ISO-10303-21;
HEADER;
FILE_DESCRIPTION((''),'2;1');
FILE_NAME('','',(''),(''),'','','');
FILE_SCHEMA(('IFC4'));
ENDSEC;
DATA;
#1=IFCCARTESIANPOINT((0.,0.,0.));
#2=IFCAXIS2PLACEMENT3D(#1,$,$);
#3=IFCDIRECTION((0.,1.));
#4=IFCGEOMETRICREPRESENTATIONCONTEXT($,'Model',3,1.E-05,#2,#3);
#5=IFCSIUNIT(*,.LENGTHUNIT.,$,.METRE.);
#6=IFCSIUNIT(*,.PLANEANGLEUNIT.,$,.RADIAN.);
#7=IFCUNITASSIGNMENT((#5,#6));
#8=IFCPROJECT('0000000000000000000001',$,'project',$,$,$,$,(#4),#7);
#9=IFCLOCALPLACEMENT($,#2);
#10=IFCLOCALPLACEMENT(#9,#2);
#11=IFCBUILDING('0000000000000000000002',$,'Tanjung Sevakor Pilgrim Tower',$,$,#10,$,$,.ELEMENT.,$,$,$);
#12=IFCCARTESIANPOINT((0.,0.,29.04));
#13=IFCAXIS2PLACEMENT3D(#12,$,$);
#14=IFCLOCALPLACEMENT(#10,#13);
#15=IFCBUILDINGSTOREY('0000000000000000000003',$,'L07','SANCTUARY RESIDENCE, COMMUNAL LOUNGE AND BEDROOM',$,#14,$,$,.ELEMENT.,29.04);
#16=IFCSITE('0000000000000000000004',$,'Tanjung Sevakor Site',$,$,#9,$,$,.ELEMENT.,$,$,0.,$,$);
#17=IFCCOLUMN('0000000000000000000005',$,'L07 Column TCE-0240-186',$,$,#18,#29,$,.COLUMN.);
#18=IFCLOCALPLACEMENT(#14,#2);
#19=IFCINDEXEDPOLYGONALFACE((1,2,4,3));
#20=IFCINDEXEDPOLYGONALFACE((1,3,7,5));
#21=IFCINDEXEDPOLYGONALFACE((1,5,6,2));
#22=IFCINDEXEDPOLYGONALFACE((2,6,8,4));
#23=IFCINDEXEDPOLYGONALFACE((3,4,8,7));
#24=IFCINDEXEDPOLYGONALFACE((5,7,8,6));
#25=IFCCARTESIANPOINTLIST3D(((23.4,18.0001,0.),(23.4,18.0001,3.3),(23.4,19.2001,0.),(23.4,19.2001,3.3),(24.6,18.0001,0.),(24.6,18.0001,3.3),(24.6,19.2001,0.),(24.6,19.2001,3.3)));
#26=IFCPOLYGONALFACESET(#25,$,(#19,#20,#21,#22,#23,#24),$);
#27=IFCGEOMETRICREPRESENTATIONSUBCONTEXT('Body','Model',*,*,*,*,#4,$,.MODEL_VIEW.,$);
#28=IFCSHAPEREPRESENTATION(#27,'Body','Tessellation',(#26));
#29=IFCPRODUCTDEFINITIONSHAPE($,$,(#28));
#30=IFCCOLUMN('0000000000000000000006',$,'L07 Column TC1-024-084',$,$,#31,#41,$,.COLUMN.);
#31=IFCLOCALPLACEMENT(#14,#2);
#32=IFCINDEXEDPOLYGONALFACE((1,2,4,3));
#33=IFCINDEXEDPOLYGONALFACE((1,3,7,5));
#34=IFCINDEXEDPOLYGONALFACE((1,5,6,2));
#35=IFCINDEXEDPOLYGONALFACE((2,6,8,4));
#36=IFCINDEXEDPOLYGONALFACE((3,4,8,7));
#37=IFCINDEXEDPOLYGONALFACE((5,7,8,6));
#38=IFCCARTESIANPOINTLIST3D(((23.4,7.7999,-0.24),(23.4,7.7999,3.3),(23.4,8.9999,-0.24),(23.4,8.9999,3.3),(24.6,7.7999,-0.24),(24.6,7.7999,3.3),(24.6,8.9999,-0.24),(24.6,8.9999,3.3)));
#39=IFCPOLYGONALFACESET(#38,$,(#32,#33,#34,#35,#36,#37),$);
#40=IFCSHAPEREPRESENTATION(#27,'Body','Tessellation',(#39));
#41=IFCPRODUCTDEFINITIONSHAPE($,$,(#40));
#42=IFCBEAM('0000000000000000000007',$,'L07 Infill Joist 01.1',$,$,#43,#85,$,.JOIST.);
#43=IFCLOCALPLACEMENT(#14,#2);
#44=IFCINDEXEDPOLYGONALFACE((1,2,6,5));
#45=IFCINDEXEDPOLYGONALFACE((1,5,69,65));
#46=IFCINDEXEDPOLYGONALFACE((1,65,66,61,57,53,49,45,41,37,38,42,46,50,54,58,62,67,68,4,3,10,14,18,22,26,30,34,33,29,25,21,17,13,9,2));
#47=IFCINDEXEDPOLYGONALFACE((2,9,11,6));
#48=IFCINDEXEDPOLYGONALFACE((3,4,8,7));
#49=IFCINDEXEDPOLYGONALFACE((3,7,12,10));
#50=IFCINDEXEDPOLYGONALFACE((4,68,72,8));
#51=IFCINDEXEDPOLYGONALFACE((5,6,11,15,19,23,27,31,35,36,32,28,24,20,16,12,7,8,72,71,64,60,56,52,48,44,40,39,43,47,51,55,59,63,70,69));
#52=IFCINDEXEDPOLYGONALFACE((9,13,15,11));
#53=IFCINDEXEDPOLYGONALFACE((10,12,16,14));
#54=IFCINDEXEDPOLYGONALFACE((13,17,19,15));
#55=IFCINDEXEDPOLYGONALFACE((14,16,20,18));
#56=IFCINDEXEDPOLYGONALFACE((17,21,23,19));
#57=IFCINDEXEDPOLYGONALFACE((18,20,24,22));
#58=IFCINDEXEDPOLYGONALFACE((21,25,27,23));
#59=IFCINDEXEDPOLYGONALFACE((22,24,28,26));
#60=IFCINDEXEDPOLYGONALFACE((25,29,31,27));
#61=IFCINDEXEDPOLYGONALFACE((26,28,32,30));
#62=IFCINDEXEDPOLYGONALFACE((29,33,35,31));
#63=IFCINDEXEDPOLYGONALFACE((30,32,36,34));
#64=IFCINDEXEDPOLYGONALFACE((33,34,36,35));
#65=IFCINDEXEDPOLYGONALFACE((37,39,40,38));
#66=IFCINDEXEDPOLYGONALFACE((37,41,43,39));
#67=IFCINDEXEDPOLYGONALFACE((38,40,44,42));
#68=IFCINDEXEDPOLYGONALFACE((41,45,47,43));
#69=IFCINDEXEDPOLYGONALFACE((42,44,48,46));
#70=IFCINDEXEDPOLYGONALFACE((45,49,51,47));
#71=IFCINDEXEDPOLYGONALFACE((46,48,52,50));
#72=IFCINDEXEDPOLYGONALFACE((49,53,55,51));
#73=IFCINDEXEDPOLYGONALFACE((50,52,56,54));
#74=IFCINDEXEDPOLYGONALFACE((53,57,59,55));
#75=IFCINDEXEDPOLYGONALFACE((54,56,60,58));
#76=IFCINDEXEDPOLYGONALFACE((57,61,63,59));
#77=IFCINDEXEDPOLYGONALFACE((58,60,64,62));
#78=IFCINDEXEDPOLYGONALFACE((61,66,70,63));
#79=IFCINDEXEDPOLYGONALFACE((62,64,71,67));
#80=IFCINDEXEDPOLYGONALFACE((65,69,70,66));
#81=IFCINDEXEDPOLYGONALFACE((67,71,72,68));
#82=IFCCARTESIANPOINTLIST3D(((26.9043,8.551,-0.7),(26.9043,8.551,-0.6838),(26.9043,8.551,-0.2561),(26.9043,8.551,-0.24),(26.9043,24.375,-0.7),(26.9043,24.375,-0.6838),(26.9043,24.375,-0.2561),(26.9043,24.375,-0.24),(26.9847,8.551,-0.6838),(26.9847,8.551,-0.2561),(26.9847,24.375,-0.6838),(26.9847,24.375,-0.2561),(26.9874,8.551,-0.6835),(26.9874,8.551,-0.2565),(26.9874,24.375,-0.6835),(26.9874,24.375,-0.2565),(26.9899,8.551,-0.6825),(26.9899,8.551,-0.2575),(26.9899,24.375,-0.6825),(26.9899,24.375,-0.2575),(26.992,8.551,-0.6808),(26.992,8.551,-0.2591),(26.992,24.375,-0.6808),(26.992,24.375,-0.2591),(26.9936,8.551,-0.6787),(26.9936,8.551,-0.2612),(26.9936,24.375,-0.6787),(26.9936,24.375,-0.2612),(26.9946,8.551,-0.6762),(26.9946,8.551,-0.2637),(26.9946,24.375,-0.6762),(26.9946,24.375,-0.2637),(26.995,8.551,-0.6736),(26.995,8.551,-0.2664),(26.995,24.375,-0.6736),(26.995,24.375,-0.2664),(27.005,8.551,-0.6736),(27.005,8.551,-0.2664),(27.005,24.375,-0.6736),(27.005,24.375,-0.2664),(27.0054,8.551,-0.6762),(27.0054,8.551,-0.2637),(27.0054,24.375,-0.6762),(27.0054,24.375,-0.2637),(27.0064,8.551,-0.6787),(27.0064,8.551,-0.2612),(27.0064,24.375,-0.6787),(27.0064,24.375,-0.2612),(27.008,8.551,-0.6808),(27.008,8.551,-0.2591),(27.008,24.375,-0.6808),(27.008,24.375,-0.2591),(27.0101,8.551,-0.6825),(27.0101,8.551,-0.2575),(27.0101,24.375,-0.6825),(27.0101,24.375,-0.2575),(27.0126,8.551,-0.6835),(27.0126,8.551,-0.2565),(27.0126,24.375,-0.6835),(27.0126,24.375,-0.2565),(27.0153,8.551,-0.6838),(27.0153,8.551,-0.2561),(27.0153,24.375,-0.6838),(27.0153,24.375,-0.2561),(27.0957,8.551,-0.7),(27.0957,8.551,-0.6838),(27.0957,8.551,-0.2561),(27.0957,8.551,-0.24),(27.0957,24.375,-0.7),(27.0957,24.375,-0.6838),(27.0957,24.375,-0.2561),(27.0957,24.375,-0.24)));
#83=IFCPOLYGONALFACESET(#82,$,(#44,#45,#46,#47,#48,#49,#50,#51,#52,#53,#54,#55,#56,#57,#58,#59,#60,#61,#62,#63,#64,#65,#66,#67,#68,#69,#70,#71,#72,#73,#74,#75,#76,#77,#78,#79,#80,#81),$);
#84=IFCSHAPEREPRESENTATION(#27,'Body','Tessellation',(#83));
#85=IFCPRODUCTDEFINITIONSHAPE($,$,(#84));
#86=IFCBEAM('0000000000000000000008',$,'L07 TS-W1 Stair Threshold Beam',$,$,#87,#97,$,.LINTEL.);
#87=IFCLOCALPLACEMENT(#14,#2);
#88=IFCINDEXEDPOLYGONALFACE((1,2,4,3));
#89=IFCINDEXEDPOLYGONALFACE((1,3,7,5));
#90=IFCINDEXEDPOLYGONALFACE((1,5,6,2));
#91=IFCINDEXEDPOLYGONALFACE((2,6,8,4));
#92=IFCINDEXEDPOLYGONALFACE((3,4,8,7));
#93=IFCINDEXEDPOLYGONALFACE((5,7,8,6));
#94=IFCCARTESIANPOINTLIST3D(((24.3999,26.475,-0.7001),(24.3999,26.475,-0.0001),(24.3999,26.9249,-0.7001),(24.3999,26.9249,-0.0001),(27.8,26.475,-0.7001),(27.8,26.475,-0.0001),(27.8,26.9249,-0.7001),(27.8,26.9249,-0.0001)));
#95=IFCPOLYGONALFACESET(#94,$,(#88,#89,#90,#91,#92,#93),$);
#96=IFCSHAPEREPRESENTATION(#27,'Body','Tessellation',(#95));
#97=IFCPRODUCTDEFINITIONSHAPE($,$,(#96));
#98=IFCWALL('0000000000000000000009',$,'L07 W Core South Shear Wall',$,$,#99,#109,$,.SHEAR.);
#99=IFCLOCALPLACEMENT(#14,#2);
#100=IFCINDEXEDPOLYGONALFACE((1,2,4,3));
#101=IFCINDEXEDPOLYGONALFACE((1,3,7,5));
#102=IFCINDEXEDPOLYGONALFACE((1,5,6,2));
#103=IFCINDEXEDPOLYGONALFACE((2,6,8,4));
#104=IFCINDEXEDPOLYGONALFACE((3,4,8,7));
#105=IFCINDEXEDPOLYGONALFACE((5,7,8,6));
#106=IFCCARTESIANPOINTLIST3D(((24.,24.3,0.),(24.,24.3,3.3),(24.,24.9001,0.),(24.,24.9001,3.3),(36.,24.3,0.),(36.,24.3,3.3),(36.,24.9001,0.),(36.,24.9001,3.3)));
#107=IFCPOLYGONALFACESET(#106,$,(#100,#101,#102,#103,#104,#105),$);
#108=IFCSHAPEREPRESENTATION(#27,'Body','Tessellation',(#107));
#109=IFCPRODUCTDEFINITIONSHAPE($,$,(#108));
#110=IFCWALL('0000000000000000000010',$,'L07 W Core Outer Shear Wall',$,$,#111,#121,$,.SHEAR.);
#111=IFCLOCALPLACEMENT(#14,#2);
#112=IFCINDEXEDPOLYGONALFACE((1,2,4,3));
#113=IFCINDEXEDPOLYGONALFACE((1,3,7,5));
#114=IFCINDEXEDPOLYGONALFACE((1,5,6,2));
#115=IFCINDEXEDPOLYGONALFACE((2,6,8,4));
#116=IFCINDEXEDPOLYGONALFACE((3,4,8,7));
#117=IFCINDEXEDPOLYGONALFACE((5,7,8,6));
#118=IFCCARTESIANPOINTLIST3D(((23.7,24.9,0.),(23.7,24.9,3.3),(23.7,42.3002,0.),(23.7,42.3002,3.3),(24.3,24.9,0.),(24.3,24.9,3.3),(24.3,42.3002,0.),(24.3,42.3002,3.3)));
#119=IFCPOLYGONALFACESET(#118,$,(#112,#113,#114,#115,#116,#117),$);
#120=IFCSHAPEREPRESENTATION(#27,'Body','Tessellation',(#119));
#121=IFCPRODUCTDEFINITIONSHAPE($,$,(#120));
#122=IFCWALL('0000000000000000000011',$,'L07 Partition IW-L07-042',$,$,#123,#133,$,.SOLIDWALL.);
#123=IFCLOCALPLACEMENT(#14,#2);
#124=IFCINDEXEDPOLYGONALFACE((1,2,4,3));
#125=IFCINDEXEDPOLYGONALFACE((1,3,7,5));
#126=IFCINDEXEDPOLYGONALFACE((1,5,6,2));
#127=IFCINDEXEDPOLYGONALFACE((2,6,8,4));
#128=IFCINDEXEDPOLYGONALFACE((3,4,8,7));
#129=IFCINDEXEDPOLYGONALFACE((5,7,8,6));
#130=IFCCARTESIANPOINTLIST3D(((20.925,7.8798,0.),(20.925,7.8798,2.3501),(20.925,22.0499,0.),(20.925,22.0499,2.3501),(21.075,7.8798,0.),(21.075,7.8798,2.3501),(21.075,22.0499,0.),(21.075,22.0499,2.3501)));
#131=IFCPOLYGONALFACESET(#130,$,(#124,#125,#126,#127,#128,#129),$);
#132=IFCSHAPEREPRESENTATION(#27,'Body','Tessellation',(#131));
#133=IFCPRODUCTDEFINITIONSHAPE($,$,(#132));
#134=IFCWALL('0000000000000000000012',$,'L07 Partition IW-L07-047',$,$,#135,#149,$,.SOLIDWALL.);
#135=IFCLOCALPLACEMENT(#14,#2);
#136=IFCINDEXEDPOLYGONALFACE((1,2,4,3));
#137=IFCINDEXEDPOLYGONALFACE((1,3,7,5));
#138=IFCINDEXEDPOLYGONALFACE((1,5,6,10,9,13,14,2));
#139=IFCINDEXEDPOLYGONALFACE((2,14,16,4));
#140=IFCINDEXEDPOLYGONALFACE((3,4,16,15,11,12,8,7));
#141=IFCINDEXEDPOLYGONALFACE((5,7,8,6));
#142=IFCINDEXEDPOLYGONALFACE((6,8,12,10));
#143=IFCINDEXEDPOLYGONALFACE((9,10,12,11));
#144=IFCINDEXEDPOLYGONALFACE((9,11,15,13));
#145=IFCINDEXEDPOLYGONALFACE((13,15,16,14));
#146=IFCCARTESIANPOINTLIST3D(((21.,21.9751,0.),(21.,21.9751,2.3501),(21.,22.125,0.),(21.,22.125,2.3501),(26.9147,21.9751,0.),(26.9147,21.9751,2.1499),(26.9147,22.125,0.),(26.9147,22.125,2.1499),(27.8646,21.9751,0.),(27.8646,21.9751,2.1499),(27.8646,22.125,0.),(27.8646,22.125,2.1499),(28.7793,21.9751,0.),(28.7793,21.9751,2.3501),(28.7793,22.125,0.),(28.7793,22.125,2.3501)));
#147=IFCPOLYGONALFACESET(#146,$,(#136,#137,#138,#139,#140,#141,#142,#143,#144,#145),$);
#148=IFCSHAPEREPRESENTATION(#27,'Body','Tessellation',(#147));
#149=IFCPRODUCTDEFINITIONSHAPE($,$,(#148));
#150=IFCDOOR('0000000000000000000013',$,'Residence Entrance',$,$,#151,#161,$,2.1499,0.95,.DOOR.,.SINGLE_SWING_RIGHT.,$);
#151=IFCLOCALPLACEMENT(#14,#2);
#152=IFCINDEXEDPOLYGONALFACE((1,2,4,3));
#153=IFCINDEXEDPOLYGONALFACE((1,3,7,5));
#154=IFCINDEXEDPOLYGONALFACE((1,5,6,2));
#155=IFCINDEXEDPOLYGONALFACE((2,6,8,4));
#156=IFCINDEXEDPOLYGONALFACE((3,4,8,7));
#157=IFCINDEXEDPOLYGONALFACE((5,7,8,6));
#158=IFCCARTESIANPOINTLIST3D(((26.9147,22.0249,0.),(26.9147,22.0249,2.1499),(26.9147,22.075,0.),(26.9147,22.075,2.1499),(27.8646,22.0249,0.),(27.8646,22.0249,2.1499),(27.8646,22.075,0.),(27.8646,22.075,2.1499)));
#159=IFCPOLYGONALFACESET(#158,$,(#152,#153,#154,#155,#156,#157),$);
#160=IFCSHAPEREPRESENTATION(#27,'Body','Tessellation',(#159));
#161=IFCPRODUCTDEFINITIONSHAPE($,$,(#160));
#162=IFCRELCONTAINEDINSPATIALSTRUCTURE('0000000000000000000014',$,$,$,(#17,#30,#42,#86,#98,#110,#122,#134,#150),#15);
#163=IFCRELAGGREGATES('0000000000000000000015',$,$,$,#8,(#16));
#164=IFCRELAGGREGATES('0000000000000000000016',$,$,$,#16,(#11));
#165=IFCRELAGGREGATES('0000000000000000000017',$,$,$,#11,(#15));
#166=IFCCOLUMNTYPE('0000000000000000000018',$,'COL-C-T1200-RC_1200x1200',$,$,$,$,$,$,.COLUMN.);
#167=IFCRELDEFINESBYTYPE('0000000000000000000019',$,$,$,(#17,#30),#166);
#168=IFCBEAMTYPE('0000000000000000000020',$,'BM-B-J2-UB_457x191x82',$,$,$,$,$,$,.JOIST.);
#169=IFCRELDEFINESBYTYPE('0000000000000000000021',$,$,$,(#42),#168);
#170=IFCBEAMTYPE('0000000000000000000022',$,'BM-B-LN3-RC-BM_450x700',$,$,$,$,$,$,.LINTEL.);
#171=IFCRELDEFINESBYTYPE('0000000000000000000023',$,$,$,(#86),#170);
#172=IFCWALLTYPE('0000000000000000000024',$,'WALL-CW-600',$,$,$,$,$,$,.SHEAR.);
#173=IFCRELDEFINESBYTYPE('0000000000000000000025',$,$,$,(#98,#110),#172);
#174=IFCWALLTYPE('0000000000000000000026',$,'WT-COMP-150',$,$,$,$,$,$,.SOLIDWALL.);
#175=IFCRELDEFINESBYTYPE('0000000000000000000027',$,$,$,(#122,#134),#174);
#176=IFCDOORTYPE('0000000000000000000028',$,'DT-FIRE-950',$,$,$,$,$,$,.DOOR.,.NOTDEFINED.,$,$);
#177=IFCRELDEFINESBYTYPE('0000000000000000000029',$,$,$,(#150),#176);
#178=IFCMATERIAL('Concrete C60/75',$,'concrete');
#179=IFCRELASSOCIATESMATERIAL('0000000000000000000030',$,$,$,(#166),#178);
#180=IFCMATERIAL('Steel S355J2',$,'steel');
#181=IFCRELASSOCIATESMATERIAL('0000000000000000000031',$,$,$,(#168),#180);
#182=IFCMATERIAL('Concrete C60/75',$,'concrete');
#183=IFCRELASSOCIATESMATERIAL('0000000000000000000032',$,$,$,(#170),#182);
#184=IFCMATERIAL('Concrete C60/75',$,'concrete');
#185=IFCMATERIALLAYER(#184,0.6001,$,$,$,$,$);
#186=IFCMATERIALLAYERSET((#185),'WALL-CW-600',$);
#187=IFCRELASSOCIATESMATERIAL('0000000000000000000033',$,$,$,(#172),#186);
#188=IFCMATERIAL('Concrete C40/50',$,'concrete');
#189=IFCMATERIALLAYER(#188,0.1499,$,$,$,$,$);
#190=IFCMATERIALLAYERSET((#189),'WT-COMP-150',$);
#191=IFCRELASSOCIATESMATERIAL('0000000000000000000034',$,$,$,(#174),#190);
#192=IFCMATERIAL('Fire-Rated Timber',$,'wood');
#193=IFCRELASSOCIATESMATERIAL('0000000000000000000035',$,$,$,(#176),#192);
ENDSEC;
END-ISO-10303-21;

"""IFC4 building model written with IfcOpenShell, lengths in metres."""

from ifc_helpers import new_model, si_unit, direction, frame, frame_2d, origin, origin_2d, place, context, subcontext, project, spatial, rectangle, i_section, extrude, material, layer, layer_set, material_profile, profile_set, type_object, element, fill, save


model = new_model("IFC4")

# Units and contexts
model_context = context("Model", 3, precision=1e-05, world=origin(), true_north=direction((0.0, 1.0)))
body_context = subcontext(model_context, "Body", "Model", "MODEL_VIEW")
ifc_project = project(units=[si_unit("LENGTHUNIT", "METRE"), si_unit("PLANEANGLEUNIT", "RADIAN")], contexts=[model_context])

# Site, building, storey
site_placement = place(None, origin())
site = spatial("IfcSite", under=ifc_project, at=site_placement, Name="Tanjung Sevakor Site", CompositionType="ELEMENT", RefElevation=0.0)
building_placement = place(site_placement, origin())
building = spatial("IfcBuilding", under=site, at=building_placement, Name="Tanjung Sevakor Pilgrim Tower", CompositionType="ELEMENT")
storey_placement = place(building_placement, frame((0.0, 0.0, 29.04)))
storey = spatial("IfcBuildingStorey", under=building, at=storey_placement, Name="L07", Description="SANCTUARY RESIDENCE, COMMUNAL LOUNGE AND BEDROOM", CompositionType="ELEMENT", Elevation=29.04)

# Columns
ifc_material_1 = material(Name="Concrete C60/75", Category="concrete")
ifc_material_profile_1 = material_profile(ifc_material_1, rectangle(XDim=1.2, YDim=1.2, at=origin_2d()))
ifc_profile_set_1 = profile_set([ifc_material_profile_1], Name="Concrete C60/75")
column_type = type_object("IfcColumnType", Name="COL-C-T1200-RC_1200x1200", PredefinedType="COLUMN", material=ifc_profile_set_1)
column_1_placement = place(storey_placement, frame((24.0, 18.6001, 0.0), z_axis=(0.0, 0.0, 1.0), x_axis=(1.0, 0.0, 0.0)))
element("IfcColumn", 1, at=column_1_placement, inside=storey, type_object=column_type, Name="L07 Column TCE-0240-186", PredefinedType="COLUMN", context=body_context, shape_type="SweptSolid", body=[
    extrude(rectangle(XDim=1.2, YDim=1.2, at=origin_2d()), origin(), (0.0, 0.0, 1.0), 3.3),
])
column_2_placement = place(storey_placement, frame((24.0, 8.3999, -0.24), z_axis=(0.0, 0.0, 1.0), x_axis=(1.0, 0.0, 0.0)))
element("IfcColumn", 2, at=column_2_placement, inside=storey, type_object=column_type, Name="L07 Column TC1-024-084", PredefinedType="COLUMN", context=body_context, shape_type="SweptSolid", body=[
    extrude(rectangle(XDim=1.2, YDim=1.2, at=origin_2d()), origin(), (0.0, 0.0, 1.0), 3.54),
])

# Beams
ifc_material_2 = material(Name="Steel S355J2", Category="steel")
ifc_material_profile_2 = material_profile(ifc_material_2, i_section(OverallWidth=0.1914, OverallDepth=0.46, WebThickness=0.01, FlangeThickness=0.0161, FilletRadius=0.0103, at=origin_2d()))
ifc_profile_set_2 = profile_set([ifc_material_profile_2], Name="Steel S355J2")
beam_type_1 = type_object("IfcBeamType", Name="BM-B-J2-UB_457x191x82", PredefinedType="JOIST", material=ifc_profile_set_2)
beam_1_placement = place(storey_placement, frame((27.0, 8.551, -0.47), z_axis=(0.0, 1.0, 0.0), x_axis=(-1.0, 0.0, 0.0)))
element("IfcBeam", 3, at=beam_1_placement, inside=storey, type_object=beam_type_1, Name="L07 Infill Joist 01.1", PredefinedType="JOIST", context=body_context, shape_type="SweptSolid", body=[
    extrude(i_section(OverallWidth=0.1914, OverallDepth=0.46, WebThickness=0.01, FlangeThickness=0.0161, FilletRadius=0.0103, at=origin_2d()), origin(), (0.0, 0.0, 1.0), 15.824),
])
ifc_material_3 = material(Name="Concrete C60/75", Category="concrete")
ifc_material_profile_3 = material_profile(ifc_material_3, rectangle(XDim=0.45, YDim=0.7, at=origin_2d()))
ifc_profile_set_3 = profile_set([ifc_material_profile_3], Name="Concrete C60/75")
beam_type_2 = type_object("IfcBeamType", Name="BM-B-LN3-RC-BM_450x700", PredefinedType="LINTEL", material=ifc_profile_set_3)
beam_2_placement = place(storey_placement, frame((24.3999, 26.7, -0.3501), z_axis=(1.0, 0.0, 0.0), x_axis=(0.0, 1.0, 0.0)))
element("IfcBeam", 4, at=beam_2_placement, inside=storey, type_object=beam_type_2, Name="L07 TS-W1 Stair Threshold Beam", PredefinedType="LINTEL", context=body_context, shape_type="SweptSolid", body=[
    extrude(rectangle(XDim=0.45, YDim=0.7, at=origin_2d()), origin(), (0.0, 0.0, 1.0), 3.4001),
])

# Walls
ifc_material_4 = material(Name="Concrete C60/75", Category="concrete")
ifc_layer_1 = layer(ifc_material_4, 0.6001)
ifc_layer_set_1 = layer_set([ifc_layer_1], Name="WALL-CW-600")
wall_type_1 = type_object("IfcWallType", Name="WALL-CW-600", PredefinedType="SHEAR", material=ifc_layer_set_1)
wall_1_placement = place(storey_placement, frame((24.0, 24.6001, 0.0), z_axis=(0.0, 0.0, 1.0), x_axis=(1.0, 0.0, 0.0)))
element("IfcWall", 5, at=wall_1_placement, inside=storey, type_object=wall_type_1, Name="L07 W Core South Shear Wall", PredefinedType="SHEAR", context=body_context, shape_type="SweptSolid", body=[
    extrude(rectangle(XDim=12.0, YDim=0.6001, at=frame_2d((6.0, 0.0))), origin(), (0.0, 0.0, 1.0), 3.3),
])
wall_2_placement = place(storey_placement, frame((24.0, 24.8999, 0.0), z_axis=(0.0, 0.0, 1.0), x_axis=(0.0, 1.0, 0.0)))
element("IfcWall", 6, at=wall_2_placement, inside=storey, type_object=wall_type_1, Name="L07 W Core Outer Shear Wall", PredefinedType="SHEAR", context=body_context, shape_type="SweptSolid", body=[
    extrude(rectangle(XDim=17.4001, YDim=0.6001, at=frame_2d((8.7002, 0.0))), origin(), (0.0, 0.0, 1.0), 3.3),
])
ifc_material_5 = material(Name="Concrete C40/50", Category="concrete")
ifc_layer_2 = layer(ifc_material_5, 0.1499)
ifc_layer_set_2 = layer_set([ifc_layer_2], Name="WT-COMP-150")
wall_type_2 = type_object("IfcWallType", Name="WT-COMP-150", PredefinedType="SOLIDWALL", material=ifc_layer_set_2)
wall_3_placement = place(storey_placement, frame((21.0, 7.8799, 0.0), z_axis=(0.0, 0.0, 1.0), x_axis=(0.0, 1.0, 0.0)))
element("IfcWall", 7, at=wall_3_placement, inside=storey, type_object=wall_type_2, Name="L07 Partition IW-L07-042", PredefinedType="SOLIDWALL", context=body_context, shape_type="SweptSolid", body=[
    extrude(rectangle(XDim=14.1702, YDim=0.1499, at=frame_2d((7.085, 0.0))), origin(), (0.0, 0.0, 1.0), 2.3501),
])

# Wall, opening, door
wall_4_placement = place(storey_placement, frame((21.0, 22.05, 0.0), z_axis=(0.0, 0.0, 1.0), x_axis=(1.0, 0.0, 0.0)))
wall_4 = element("IfcWall", 8, at=wall_4_placement, inside=storey, type_object=wall_type_2, Name="L07 Partition IW-L07-047", PredefinedType="SOLIDWALL", context=body_context, shape_type="SweptSolid", body=[
    extrude(rectangle(XDim=7.7793, YDim=0.1499, at=frame_2d((3.8896, 0.0))), origin(), (0.0, 0.0, 1.0), 2.3501),
])
opening_1_placement = place(wall_4_placement, frame((5.9146, 0.0, 0.0)))
opening_1 = element("IfcOpeningElement", 9, at=opening_1_placement, cuts=wall_4, PredefinedType="OPENING", context=body_context, shape_type="SweptSolid", body=[
    extrude(rectangle(XDim=0.95, YDim=2.1499, at=frame_2d((0.4751, 1.075))), frame((0.0, 0.085, 0.0), z_axis=(0.0, -1.0, 0.0), x_axis=(1.0, 0.0, 0.0)), (0.0, 0.0, 1.0), 0.1699),
])
ifc_material_6 = material(Name="Fire-Rated Timber", Category="wood")
door_type_1 = type_object("IfcDoorType", Name="DT-FIRE-950", OperationType="NOTDEFINED", PredefinedType="DOOR", material=ifc_material_6)
door_1_placement = place(opening_1_placement, origin())
door_1 = element("IfcDoor", 10, at=door_1_placement, inside=storey, type_object=door_type_1, Name="Residence Entrance", OperationType="SINGLE_SWING_RIGHT", OverallHeight=2.1499, OverallWidth=0.95, PredefinedType="DOOR", context=body_context, shape_type="SweptSolid", body=[
    extrude(rectangle(XDim=0.95, YDim=2.1499, at=frame_2d((0.4751, 1.075))), frame((0.0, 0.0249, 0.0), z_axis=(0.0, -1.0, 0.0), x_axis=(1.0, 0.0, 0.0)), (0.0, 0.0, 1.0), 0.05),
])
fill(opening_1, door_1)

save(model, "model.ifc")
